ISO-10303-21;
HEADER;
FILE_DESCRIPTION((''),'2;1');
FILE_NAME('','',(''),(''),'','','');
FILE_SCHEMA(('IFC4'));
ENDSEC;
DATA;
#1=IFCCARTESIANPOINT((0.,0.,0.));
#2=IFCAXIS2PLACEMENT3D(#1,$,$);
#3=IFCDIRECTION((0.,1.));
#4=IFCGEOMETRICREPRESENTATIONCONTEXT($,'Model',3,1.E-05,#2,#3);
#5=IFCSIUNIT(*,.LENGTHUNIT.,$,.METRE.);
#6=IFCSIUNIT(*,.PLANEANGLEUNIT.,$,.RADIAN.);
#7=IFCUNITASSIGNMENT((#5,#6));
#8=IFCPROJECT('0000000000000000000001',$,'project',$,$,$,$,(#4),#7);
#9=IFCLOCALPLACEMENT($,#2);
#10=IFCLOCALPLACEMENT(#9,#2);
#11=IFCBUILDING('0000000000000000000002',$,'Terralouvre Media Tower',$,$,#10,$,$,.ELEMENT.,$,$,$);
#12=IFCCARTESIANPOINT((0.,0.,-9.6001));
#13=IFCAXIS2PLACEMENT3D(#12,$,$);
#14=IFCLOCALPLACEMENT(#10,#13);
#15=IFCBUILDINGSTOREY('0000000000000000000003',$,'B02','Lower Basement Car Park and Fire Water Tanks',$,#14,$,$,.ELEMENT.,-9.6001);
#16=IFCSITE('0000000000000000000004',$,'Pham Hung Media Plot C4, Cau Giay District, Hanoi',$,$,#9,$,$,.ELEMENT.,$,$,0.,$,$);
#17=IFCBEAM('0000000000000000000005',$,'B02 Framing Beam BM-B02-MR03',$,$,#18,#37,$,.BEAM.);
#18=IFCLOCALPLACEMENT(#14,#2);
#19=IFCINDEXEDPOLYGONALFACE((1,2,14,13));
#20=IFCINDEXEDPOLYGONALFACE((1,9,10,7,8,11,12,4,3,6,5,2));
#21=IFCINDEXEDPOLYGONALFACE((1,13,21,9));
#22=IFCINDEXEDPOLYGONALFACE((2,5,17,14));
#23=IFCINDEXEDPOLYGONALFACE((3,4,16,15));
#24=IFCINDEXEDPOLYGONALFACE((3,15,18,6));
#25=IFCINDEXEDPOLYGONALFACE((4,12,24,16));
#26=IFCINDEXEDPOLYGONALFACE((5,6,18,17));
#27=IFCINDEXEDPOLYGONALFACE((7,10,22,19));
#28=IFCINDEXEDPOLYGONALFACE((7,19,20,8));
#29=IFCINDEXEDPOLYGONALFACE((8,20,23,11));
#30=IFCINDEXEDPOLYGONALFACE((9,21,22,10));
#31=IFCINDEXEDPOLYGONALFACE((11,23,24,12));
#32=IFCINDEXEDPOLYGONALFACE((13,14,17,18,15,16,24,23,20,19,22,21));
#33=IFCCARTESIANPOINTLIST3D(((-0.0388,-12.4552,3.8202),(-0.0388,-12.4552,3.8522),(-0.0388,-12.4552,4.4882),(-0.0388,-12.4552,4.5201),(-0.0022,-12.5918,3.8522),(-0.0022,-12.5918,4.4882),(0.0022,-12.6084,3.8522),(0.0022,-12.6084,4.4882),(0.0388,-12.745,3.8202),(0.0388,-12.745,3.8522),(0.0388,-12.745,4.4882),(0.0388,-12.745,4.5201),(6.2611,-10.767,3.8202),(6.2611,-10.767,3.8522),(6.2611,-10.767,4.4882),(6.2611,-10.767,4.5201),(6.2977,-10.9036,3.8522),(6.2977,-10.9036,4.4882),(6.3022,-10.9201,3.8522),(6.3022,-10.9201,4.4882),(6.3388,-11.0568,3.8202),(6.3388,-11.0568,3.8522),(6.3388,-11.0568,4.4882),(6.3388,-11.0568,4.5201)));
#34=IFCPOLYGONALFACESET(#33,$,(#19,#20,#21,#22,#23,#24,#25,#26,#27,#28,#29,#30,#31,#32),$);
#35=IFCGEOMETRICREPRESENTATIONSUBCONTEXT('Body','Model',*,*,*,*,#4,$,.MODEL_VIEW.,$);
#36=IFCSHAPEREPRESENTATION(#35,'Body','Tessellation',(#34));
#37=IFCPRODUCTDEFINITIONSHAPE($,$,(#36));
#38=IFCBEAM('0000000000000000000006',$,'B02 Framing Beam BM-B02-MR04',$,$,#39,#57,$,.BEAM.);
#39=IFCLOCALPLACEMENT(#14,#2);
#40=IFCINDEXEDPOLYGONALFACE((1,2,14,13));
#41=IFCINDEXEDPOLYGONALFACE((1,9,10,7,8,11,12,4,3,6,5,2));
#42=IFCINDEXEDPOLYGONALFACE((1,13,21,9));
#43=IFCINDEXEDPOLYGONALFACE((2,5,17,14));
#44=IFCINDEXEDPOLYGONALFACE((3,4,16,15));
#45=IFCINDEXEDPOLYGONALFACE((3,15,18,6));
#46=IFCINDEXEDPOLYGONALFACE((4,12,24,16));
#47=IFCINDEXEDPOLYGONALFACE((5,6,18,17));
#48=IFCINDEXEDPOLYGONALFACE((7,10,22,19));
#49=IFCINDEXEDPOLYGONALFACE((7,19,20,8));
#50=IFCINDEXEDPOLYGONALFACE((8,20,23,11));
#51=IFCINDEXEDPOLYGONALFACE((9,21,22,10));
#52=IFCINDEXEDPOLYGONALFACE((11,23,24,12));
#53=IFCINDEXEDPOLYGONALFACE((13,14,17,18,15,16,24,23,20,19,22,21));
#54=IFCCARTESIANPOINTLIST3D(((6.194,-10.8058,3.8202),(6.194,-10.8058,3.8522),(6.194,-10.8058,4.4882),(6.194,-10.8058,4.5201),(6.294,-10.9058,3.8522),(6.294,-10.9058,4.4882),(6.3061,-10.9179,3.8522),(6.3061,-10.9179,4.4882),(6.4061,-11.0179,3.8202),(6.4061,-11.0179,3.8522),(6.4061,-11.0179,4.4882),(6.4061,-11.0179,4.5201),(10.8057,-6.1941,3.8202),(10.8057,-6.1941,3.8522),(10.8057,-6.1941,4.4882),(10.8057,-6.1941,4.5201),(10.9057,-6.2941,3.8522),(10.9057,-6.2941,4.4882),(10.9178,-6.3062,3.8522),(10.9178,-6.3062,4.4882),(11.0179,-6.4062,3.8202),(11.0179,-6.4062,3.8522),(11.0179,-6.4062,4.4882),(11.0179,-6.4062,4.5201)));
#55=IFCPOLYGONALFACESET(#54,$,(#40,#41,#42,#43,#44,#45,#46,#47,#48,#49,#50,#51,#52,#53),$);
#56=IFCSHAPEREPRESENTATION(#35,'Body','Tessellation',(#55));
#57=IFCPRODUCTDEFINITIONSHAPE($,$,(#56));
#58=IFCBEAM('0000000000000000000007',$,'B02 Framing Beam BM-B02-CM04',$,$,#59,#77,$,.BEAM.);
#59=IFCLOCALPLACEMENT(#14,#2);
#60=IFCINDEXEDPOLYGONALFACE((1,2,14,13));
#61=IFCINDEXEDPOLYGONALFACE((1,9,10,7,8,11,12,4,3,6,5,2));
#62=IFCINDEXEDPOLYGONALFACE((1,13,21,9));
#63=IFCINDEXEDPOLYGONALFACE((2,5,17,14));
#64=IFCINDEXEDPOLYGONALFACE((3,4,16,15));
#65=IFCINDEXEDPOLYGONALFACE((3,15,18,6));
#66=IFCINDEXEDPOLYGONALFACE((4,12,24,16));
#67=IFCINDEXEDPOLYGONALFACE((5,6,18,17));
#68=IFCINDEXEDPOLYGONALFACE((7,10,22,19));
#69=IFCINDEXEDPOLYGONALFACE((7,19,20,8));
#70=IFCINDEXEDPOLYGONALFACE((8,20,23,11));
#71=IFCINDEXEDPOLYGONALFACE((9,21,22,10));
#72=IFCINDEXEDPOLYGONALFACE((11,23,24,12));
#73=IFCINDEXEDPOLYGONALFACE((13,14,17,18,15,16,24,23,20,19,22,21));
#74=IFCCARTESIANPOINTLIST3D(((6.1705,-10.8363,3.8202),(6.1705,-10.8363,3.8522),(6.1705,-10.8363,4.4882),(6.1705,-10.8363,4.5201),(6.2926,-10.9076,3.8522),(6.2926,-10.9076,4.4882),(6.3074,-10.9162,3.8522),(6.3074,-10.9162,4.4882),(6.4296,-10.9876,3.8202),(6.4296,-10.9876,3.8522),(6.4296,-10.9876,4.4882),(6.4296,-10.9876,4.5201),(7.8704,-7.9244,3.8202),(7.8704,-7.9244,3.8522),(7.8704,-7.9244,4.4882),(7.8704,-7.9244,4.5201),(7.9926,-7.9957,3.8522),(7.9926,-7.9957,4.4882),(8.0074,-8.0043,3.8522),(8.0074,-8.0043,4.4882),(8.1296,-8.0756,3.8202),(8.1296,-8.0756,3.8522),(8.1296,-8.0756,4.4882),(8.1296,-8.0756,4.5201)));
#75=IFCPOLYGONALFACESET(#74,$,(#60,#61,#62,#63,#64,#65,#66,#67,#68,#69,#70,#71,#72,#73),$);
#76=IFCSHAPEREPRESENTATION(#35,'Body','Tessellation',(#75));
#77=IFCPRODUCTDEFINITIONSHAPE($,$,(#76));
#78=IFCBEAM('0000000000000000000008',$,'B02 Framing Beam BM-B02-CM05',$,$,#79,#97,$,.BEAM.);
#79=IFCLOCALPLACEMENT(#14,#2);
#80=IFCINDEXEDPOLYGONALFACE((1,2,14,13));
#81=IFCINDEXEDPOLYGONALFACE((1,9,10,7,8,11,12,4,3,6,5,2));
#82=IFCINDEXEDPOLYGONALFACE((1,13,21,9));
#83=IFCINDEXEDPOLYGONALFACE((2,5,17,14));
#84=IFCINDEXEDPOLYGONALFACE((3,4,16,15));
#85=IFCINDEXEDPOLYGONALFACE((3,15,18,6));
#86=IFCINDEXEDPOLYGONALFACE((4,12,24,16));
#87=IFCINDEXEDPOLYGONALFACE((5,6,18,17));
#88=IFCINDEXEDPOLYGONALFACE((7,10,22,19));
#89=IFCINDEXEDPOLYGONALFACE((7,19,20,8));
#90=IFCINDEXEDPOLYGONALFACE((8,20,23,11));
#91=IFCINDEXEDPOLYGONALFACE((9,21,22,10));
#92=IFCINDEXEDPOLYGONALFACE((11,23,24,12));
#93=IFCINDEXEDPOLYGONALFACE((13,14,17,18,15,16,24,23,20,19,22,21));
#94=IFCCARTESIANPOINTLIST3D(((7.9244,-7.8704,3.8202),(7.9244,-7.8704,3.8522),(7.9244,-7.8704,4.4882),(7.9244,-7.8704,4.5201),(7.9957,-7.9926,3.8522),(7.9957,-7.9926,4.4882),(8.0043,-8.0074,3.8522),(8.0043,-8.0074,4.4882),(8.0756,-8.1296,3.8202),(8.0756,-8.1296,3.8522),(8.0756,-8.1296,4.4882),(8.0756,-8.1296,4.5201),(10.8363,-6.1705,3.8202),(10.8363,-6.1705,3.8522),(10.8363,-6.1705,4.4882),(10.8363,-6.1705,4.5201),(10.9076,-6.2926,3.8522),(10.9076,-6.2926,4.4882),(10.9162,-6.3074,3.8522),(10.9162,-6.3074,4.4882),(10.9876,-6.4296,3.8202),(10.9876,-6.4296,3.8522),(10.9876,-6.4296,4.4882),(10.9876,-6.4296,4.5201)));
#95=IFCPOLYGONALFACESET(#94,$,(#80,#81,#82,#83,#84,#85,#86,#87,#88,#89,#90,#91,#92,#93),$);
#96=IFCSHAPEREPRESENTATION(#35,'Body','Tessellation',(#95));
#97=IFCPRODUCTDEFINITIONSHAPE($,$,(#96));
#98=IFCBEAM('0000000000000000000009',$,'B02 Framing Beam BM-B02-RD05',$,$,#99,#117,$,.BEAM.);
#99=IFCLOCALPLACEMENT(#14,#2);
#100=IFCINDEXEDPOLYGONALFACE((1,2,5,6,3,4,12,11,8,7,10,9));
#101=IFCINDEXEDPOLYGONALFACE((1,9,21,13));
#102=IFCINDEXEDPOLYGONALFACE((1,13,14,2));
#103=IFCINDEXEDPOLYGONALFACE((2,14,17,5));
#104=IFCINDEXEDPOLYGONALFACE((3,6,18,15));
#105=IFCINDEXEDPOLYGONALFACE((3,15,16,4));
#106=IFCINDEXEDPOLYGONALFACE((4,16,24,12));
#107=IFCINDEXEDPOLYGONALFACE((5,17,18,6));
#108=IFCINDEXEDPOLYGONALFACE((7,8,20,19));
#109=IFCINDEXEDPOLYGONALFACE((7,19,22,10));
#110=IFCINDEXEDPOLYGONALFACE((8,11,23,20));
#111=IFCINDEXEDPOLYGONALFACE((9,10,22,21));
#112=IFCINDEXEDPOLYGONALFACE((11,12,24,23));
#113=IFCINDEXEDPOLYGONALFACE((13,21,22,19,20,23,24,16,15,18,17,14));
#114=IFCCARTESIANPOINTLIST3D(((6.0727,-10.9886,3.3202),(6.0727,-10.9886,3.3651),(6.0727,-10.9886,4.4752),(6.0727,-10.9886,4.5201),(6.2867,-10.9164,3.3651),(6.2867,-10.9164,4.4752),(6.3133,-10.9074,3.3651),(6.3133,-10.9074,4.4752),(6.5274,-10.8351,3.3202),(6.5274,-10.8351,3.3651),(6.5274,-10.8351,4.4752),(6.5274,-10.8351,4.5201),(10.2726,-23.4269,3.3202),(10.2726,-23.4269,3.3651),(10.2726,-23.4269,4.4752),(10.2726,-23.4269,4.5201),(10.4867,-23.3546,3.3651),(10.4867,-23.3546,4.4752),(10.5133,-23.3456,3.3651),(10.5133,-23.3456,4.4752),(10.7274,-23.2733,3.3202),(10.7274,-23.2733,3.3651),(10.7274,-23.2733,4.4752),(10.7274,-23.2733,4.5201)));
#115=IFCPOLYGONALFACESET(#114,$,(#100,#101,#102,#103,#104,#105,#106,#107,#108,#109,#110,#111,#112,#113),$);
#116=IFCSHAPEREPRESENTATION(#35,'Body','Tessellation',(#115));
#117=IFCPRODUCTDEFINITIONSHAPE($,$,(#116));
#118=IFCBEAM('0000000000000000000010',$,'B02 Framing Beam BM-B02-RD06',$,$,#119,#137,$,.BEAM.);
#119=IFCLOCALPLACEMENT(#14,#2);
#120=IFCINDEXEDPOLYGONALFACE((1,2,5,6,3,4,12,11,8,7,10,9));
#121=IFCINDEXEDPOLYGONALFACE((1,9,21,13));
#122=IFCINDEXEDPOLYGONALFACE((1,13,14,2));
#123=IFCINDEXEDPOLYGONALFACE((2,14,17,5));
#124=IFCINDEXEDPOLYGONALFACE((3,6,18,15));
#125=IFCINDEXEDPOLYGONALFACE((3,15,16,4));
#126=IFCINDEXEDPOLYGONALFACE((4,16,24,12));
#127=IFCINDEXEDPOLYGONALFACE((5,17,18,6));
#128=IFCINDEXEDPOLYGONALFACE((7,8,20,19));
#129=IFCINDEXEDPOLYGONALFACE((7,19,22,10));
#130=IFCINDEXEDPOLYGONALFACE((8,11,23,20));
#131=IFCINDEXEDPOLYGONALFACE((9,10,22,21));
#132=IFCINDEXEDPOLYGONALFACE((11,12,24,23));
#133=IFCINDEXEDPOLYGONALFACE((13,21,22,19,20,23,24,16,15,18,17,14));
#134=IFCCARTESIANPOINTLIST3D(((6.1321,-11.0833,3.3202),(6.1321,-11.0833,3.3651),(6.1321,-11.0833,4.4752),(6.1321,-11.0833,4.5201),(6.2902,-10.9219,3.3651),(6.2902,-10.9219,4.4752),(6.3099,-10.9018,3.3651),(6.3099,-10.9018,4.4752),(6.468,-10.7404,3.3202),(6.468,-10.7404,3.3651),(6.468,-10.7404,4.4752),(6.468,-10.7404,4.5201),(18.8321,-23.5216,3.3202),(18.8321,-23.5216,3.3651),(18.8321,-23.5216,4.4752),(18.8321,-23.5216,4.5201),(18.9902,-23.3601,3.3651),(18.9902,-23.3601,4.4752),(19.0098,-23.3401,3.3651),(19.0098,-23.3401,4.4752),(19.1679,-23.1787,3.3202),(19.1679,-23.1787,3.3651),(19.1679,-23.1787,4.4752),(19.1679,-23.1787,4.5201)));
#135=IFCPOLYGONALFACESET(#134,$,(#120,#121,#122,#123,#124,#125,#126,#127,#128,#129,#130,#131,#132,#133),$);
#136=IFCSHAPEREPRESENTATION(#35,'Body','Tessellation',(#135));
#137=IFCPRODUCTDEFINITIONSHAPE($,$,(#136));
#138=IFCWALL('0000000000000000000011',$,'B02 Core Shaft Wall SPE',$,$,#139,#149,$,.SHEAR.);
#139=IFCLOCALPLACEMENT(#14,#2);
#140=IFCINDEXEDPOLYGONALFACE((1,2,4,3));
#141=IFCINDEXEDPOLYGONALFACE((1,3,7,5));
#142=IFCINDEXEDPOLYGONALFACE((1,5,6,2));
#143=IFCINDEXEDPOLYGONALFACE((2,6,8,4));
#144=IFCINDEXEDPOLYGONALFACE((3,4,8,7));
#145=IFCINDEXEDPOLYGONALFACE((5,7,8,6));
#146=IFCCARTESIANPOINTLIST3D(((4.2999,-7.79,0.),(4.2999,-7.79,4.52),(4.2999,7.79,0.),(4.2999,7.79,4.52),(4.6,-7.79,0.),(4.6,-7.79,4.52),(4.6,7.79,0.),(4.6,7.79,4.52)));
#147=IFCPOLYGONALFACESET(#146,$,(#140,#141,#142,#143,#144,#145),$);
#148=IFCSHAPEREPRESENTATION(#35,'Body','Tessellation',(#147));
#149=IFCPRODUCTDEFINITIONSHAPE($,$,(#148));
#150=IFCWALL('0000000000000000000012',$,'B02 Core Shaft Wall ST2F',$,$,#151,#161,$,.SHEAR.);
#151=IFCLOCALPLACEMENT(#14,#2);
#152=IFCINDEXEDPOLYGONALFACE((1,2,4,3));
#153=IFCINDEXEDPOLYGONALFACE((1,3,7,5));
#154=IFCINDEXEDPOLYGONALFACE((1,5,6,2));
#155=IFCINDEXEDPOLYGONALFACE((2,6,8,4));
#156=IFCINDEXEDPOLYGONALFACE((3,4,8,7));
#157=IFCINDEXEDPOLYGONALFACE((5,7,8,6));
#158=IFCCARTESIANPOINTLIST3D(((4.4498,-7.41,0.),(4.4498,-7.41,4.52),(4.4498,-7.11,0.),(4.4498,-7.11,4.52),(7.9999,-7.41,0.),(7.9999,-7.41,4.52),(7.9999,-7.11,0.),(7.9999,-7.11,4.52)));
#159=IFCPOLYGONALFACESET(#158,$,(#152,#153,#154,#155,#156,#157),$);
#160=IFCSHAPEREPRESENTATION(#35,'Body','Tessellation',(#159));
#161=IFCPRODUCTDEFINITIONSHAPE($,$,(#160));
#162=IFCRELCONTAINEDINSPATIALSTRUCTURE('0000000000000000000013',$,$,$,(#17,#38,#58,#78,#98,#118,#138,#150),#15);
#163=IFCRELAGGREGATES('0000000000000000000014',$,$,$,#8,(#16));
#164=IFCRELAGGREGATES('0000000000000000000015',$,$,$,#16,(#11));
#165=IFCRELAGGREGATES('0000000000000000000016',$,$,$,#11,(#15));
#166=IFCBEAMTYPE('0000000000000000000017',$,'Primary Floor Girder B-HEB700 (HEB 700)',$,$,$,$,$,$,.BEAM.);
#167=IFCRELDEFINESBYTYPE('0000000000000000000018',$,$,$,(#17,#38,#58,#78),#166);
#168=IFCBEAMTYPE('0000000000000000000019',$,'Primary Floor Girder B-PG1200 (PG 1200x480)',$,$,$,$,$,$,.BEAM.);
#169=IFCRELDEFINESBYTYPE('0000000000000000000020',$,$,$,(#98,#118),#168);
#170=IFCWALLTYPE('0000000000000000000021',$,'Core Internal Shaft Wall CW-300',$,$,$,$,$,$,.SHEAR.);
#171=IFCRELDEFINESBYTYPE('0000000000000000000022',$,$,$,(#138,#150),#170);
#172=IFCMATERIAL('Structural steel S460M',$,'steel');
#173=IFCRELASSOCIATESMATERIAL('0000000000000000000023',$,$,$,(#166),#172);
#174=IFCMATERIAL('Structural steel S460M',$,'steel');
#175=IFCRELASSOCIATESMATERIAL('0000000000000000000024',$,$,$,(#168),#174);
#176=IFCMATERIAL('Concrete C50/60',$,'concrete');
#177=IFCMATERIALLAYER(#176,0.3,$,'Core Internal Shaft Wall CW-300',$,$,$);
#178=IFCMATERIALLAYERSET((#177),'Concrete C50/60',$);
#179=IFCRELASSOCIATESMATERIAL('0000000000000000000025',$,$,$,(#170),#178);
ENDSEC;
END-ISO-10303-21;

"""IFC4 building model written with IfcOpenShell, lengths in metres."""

from ifc_helpers import new_model, si_unit, direction, frame, frame_2d, origin, origin_2d, place, context, subcontext, project, spatial, rectangle, i_section, extrude, material, layer, layer_set, material_profile, profile_set, type_object, element, save


model = new_model("IFC4")

# Units and contexts
model_context = context("Model", 3, precision=1e-05, world=origin(), true_north=direction((0.0, 1.0)))
body_context = subcontext(model_context, "Body", "Model", "MODEL_VIEW")
ifc_project = project(units=[si_unit("LENGTHUNIT", "METRE"), si_unit("PLANEANGLEUNIT", "RADIAN")], contexts=[model_context])

# Site, building, storey
site_placement = place(None, origin())
site = spatial("IfcSite", under=ifc_project, at=site_placement, Name="Pham Hung Media Plot C4, Cau Giay District, Hanoi", CompositionType="ELEMENT", RefElevation=0.0)
building_placement = place(site_placement, origin())
building = spatial("IfcBuilding", under=site, at=building_placement, Name="Terralouvre Media Tower", CompositionType="ELEMENT")
storey_placement = place(building_placement, frame((0.0, 0.0, -9.6001)))
storey = spatial("IfcBuildingStorey", under=building, at=storey_placement, Name="B02", Description="Lower Basement Car Park and Fire Water Tanks", CompositionType="ELEMENT", Elevation=-9.6001)

# Beams
ifc_material_1 = material(Name="Structural steel S460M", Category="steel")
ifc_material_profile_1 = material_profile(ifc_material_1, i_section(OverallWidth=0.3, OverallDepth=0.7, WebThickness=0.0171, FlangeThickness=0.032, at=origin_2d()), Name="HEB 700")
ifc_profile_set_1 = profile_set([ifc_material_profile_1], Name="Structural steel S460M")
beam_type_1 = type_object("IfcBeamType", Name="Primary Floor Girder B-HEB700 (HEB 700)", PredefinedType="BEAM", material=ifc_profile_set_1)
beam_1_placement = place(storey_placement, frame((0.0, -12.6001, 4.1702), z_axis=(0.96592, 0.258839, 0.0), x_axis=(-0.258839, 0.96592, 0.0)))
element("IfcBeam", 1, at=beam_1_placement, inside=storey, type_object=beam_type_1, Name="B02 Framing Beam BM-B02-MR03", PredefinedType="BEAM", context=body_context, shape_type="SweptSolid", body=[
    extrude(i_section(OverallWidth=0.3, OverallDepth=0.7, WebThickness=0.0171, FlangeThickness=0.032, at=origin_2d()), origin(), (0.0, 0.0, 1.0), 6.5222),
])
beam_2_placement = place(storey_placement, frame((6.3, -10.9119, 4.1702), z_axis=(0.707107, 0.707107, 0.0), x_axis=(-0.707107, 0.707107, 0.0)))
element("IfcBeam", 2, at=beam_2_placement, inside=storey, type_object=beam_type_1, Name="B02 Framing Beam BM-B02-MR04", PredefinedType="BEAM", context=body_context, shape_type="SweptSolid", body=[
    extrude(i_section(OverallWidth=0.3, OverallDepth=0.7, WebThickness=0.0171, FlangeThickness=0.032, at=origin_2d()), origin(), (0.0, 0.0, 1.0), 6.522),
])
for number, where, z_axis, x_axis, name in (
    (3, (8.0, -8.0, 4.1702), (-0.504173, -0.863603, 0.0), (0.863603, -0.504173, 0.0), "B02 Framing Beam BM-B02-CM04"),
    (4, (8.0, -8.0, 4.1702), (0.863603, 0.504173, 0.0), (-0.504173, 0.863603, 0.0), "B02 Framing Beam BM-B02-CM05"),
):
    element("IfcBeam", number, at=place(storey_placement, frame(where, z_axis=z_axis, x_axis=x_axis)), inside=storey, type_object=beam_type_1, Name=name, PredefinedType="BEAM", context=body_context, shape_type="SweptSolid", body=[
        extrude(i_section(OverallWidth=0.3, OverallDepth=0.7, WebThickness=0.0171, FlangeThickness=0.032, at=origin_2d()), origin(), (0.0, 0.0, 1.0), 3.3718),
    ])
ifc_material_2 = material(Name="Structural steel S460M", Category="steel")
ifc_material_profile_2 = material_profile(ifc_material_2, i_section(OverallWidth=0.48, OverallDepth=1.2, WebThickness=0.0281, FlangeThickness=0.0449, at=origin_2d()), Name="PG 1200x480")
ifc_profile_set_2 = profile_set([ifc_material_profile_2], Name="Structural steel S460M")
beam_type_2 = type_object("IfcBeamType", Name="Primary Floor Girder B-PG1200 (PG 1200x480)", PredefinedType="BEAM", material=ifc_profile_set_2)
beam_3_placement = place(storey_placement, frame((6.3, -10.9119, 3.9202), z_axis=(0.319919, -0.947445, 0.0), x_axis=(0.947445, 0.319919, 0.0)))
element("IfcBeam", 5, at=beam_3_placement, inside=storey, type_object=beam_type_2, Name="B02 Framing Beam BM-B02-RD05", PredefinedType="BEAM", context=body_context, shape_type="SweptSolid", body=[
    extrude(i_section(OverallWidth=0.48, OverallDepth=1.2, WebThickness=0.0281, FlangeThickness=0.0449, at=origin_2d()), origin(), (0.0, 0.0, 1.0), 13.1282),
])
beam_4_placement = place(storey_placement, frame((6.3, -10.9119, 3.9202), z_axis=(0.71443, -0.699707, 0.0), x_axis=(0.699707, 0.71443, 0.0)))
element("IfcBeam", 6, at=beam_4_placement, inside=storey, type_object=beam_type_2, Name="B02 Framing Beam BM-B02-RD06", PredefinedType="BEAM", context=body_context, shape_type="SweptSolid", body=[
    extrude(i_section(OverallWidth=0.48, OverallDepth=1.2, WebThickness=0.0281, FlangeThickness=0.0449, at=origin_2d()), origin(), (0.0, 0.0, 1.0), 17.7764),
])

# Walls
ifc_material_3 = material(Name="Concrete C50/60", Category="concrete")
ifc_layer_1 = layer(ifc_material_3, 0.3, Name="Core Internal Shaft Wall CW-300")
ifc_layer_set_1 = layer_set([ifc_layer_1], Name="Concrete C50/60")
wall_type_1 = type_object("IfcWallType", Name="Core Internal Shaft Wall CW-300", PredefinedType="SHEAR", material=ifc_layer_set_1)
wall_1_placement = place(storey_placement, frame((4.45, -7.79, 0.0), z_axis=(0.0, 0.0, 1.0), x_axis=(0.0, 1.0, 0.0)))
element("IfcWall", 7, at=wall_1_placement, inside=storey, type_object=wall_type_1, Name="B02 Core Shaft Wall SPE", PredefinedType="SHEAR", context=body_context, shape_type="SweptSolid", body=[
    extrude(rectangle(XDim=15.5801, YDim=0.3, at=frame_2d((7.79, 0.0))), origin(), (0.0, 0.0, 1.0), 4.52),
])
wall_2_placement = place(storey_placement, frame((4.45, -7.26, 0.0), z_axis=(0.0, 0.0, 1.0), x_axis=(1.0, 0.0, 0.0)))
element("IfcWall", 8, at=wall_2_placement, inside=storey, type_object=wall_type_1, Name="B02 Core Shaft Wall ST2F", PredefinedType="SHEAR", context=body_context, shape_type="SweptSolid", body=[
    extrude(rectangle(XDim=3.55, YDim=0.3, at=frame_2d((1.7749, 0.0))), origin(), (0.0, 0.0, 1.0), 4.52),
])

save(model, "model.ifc")
